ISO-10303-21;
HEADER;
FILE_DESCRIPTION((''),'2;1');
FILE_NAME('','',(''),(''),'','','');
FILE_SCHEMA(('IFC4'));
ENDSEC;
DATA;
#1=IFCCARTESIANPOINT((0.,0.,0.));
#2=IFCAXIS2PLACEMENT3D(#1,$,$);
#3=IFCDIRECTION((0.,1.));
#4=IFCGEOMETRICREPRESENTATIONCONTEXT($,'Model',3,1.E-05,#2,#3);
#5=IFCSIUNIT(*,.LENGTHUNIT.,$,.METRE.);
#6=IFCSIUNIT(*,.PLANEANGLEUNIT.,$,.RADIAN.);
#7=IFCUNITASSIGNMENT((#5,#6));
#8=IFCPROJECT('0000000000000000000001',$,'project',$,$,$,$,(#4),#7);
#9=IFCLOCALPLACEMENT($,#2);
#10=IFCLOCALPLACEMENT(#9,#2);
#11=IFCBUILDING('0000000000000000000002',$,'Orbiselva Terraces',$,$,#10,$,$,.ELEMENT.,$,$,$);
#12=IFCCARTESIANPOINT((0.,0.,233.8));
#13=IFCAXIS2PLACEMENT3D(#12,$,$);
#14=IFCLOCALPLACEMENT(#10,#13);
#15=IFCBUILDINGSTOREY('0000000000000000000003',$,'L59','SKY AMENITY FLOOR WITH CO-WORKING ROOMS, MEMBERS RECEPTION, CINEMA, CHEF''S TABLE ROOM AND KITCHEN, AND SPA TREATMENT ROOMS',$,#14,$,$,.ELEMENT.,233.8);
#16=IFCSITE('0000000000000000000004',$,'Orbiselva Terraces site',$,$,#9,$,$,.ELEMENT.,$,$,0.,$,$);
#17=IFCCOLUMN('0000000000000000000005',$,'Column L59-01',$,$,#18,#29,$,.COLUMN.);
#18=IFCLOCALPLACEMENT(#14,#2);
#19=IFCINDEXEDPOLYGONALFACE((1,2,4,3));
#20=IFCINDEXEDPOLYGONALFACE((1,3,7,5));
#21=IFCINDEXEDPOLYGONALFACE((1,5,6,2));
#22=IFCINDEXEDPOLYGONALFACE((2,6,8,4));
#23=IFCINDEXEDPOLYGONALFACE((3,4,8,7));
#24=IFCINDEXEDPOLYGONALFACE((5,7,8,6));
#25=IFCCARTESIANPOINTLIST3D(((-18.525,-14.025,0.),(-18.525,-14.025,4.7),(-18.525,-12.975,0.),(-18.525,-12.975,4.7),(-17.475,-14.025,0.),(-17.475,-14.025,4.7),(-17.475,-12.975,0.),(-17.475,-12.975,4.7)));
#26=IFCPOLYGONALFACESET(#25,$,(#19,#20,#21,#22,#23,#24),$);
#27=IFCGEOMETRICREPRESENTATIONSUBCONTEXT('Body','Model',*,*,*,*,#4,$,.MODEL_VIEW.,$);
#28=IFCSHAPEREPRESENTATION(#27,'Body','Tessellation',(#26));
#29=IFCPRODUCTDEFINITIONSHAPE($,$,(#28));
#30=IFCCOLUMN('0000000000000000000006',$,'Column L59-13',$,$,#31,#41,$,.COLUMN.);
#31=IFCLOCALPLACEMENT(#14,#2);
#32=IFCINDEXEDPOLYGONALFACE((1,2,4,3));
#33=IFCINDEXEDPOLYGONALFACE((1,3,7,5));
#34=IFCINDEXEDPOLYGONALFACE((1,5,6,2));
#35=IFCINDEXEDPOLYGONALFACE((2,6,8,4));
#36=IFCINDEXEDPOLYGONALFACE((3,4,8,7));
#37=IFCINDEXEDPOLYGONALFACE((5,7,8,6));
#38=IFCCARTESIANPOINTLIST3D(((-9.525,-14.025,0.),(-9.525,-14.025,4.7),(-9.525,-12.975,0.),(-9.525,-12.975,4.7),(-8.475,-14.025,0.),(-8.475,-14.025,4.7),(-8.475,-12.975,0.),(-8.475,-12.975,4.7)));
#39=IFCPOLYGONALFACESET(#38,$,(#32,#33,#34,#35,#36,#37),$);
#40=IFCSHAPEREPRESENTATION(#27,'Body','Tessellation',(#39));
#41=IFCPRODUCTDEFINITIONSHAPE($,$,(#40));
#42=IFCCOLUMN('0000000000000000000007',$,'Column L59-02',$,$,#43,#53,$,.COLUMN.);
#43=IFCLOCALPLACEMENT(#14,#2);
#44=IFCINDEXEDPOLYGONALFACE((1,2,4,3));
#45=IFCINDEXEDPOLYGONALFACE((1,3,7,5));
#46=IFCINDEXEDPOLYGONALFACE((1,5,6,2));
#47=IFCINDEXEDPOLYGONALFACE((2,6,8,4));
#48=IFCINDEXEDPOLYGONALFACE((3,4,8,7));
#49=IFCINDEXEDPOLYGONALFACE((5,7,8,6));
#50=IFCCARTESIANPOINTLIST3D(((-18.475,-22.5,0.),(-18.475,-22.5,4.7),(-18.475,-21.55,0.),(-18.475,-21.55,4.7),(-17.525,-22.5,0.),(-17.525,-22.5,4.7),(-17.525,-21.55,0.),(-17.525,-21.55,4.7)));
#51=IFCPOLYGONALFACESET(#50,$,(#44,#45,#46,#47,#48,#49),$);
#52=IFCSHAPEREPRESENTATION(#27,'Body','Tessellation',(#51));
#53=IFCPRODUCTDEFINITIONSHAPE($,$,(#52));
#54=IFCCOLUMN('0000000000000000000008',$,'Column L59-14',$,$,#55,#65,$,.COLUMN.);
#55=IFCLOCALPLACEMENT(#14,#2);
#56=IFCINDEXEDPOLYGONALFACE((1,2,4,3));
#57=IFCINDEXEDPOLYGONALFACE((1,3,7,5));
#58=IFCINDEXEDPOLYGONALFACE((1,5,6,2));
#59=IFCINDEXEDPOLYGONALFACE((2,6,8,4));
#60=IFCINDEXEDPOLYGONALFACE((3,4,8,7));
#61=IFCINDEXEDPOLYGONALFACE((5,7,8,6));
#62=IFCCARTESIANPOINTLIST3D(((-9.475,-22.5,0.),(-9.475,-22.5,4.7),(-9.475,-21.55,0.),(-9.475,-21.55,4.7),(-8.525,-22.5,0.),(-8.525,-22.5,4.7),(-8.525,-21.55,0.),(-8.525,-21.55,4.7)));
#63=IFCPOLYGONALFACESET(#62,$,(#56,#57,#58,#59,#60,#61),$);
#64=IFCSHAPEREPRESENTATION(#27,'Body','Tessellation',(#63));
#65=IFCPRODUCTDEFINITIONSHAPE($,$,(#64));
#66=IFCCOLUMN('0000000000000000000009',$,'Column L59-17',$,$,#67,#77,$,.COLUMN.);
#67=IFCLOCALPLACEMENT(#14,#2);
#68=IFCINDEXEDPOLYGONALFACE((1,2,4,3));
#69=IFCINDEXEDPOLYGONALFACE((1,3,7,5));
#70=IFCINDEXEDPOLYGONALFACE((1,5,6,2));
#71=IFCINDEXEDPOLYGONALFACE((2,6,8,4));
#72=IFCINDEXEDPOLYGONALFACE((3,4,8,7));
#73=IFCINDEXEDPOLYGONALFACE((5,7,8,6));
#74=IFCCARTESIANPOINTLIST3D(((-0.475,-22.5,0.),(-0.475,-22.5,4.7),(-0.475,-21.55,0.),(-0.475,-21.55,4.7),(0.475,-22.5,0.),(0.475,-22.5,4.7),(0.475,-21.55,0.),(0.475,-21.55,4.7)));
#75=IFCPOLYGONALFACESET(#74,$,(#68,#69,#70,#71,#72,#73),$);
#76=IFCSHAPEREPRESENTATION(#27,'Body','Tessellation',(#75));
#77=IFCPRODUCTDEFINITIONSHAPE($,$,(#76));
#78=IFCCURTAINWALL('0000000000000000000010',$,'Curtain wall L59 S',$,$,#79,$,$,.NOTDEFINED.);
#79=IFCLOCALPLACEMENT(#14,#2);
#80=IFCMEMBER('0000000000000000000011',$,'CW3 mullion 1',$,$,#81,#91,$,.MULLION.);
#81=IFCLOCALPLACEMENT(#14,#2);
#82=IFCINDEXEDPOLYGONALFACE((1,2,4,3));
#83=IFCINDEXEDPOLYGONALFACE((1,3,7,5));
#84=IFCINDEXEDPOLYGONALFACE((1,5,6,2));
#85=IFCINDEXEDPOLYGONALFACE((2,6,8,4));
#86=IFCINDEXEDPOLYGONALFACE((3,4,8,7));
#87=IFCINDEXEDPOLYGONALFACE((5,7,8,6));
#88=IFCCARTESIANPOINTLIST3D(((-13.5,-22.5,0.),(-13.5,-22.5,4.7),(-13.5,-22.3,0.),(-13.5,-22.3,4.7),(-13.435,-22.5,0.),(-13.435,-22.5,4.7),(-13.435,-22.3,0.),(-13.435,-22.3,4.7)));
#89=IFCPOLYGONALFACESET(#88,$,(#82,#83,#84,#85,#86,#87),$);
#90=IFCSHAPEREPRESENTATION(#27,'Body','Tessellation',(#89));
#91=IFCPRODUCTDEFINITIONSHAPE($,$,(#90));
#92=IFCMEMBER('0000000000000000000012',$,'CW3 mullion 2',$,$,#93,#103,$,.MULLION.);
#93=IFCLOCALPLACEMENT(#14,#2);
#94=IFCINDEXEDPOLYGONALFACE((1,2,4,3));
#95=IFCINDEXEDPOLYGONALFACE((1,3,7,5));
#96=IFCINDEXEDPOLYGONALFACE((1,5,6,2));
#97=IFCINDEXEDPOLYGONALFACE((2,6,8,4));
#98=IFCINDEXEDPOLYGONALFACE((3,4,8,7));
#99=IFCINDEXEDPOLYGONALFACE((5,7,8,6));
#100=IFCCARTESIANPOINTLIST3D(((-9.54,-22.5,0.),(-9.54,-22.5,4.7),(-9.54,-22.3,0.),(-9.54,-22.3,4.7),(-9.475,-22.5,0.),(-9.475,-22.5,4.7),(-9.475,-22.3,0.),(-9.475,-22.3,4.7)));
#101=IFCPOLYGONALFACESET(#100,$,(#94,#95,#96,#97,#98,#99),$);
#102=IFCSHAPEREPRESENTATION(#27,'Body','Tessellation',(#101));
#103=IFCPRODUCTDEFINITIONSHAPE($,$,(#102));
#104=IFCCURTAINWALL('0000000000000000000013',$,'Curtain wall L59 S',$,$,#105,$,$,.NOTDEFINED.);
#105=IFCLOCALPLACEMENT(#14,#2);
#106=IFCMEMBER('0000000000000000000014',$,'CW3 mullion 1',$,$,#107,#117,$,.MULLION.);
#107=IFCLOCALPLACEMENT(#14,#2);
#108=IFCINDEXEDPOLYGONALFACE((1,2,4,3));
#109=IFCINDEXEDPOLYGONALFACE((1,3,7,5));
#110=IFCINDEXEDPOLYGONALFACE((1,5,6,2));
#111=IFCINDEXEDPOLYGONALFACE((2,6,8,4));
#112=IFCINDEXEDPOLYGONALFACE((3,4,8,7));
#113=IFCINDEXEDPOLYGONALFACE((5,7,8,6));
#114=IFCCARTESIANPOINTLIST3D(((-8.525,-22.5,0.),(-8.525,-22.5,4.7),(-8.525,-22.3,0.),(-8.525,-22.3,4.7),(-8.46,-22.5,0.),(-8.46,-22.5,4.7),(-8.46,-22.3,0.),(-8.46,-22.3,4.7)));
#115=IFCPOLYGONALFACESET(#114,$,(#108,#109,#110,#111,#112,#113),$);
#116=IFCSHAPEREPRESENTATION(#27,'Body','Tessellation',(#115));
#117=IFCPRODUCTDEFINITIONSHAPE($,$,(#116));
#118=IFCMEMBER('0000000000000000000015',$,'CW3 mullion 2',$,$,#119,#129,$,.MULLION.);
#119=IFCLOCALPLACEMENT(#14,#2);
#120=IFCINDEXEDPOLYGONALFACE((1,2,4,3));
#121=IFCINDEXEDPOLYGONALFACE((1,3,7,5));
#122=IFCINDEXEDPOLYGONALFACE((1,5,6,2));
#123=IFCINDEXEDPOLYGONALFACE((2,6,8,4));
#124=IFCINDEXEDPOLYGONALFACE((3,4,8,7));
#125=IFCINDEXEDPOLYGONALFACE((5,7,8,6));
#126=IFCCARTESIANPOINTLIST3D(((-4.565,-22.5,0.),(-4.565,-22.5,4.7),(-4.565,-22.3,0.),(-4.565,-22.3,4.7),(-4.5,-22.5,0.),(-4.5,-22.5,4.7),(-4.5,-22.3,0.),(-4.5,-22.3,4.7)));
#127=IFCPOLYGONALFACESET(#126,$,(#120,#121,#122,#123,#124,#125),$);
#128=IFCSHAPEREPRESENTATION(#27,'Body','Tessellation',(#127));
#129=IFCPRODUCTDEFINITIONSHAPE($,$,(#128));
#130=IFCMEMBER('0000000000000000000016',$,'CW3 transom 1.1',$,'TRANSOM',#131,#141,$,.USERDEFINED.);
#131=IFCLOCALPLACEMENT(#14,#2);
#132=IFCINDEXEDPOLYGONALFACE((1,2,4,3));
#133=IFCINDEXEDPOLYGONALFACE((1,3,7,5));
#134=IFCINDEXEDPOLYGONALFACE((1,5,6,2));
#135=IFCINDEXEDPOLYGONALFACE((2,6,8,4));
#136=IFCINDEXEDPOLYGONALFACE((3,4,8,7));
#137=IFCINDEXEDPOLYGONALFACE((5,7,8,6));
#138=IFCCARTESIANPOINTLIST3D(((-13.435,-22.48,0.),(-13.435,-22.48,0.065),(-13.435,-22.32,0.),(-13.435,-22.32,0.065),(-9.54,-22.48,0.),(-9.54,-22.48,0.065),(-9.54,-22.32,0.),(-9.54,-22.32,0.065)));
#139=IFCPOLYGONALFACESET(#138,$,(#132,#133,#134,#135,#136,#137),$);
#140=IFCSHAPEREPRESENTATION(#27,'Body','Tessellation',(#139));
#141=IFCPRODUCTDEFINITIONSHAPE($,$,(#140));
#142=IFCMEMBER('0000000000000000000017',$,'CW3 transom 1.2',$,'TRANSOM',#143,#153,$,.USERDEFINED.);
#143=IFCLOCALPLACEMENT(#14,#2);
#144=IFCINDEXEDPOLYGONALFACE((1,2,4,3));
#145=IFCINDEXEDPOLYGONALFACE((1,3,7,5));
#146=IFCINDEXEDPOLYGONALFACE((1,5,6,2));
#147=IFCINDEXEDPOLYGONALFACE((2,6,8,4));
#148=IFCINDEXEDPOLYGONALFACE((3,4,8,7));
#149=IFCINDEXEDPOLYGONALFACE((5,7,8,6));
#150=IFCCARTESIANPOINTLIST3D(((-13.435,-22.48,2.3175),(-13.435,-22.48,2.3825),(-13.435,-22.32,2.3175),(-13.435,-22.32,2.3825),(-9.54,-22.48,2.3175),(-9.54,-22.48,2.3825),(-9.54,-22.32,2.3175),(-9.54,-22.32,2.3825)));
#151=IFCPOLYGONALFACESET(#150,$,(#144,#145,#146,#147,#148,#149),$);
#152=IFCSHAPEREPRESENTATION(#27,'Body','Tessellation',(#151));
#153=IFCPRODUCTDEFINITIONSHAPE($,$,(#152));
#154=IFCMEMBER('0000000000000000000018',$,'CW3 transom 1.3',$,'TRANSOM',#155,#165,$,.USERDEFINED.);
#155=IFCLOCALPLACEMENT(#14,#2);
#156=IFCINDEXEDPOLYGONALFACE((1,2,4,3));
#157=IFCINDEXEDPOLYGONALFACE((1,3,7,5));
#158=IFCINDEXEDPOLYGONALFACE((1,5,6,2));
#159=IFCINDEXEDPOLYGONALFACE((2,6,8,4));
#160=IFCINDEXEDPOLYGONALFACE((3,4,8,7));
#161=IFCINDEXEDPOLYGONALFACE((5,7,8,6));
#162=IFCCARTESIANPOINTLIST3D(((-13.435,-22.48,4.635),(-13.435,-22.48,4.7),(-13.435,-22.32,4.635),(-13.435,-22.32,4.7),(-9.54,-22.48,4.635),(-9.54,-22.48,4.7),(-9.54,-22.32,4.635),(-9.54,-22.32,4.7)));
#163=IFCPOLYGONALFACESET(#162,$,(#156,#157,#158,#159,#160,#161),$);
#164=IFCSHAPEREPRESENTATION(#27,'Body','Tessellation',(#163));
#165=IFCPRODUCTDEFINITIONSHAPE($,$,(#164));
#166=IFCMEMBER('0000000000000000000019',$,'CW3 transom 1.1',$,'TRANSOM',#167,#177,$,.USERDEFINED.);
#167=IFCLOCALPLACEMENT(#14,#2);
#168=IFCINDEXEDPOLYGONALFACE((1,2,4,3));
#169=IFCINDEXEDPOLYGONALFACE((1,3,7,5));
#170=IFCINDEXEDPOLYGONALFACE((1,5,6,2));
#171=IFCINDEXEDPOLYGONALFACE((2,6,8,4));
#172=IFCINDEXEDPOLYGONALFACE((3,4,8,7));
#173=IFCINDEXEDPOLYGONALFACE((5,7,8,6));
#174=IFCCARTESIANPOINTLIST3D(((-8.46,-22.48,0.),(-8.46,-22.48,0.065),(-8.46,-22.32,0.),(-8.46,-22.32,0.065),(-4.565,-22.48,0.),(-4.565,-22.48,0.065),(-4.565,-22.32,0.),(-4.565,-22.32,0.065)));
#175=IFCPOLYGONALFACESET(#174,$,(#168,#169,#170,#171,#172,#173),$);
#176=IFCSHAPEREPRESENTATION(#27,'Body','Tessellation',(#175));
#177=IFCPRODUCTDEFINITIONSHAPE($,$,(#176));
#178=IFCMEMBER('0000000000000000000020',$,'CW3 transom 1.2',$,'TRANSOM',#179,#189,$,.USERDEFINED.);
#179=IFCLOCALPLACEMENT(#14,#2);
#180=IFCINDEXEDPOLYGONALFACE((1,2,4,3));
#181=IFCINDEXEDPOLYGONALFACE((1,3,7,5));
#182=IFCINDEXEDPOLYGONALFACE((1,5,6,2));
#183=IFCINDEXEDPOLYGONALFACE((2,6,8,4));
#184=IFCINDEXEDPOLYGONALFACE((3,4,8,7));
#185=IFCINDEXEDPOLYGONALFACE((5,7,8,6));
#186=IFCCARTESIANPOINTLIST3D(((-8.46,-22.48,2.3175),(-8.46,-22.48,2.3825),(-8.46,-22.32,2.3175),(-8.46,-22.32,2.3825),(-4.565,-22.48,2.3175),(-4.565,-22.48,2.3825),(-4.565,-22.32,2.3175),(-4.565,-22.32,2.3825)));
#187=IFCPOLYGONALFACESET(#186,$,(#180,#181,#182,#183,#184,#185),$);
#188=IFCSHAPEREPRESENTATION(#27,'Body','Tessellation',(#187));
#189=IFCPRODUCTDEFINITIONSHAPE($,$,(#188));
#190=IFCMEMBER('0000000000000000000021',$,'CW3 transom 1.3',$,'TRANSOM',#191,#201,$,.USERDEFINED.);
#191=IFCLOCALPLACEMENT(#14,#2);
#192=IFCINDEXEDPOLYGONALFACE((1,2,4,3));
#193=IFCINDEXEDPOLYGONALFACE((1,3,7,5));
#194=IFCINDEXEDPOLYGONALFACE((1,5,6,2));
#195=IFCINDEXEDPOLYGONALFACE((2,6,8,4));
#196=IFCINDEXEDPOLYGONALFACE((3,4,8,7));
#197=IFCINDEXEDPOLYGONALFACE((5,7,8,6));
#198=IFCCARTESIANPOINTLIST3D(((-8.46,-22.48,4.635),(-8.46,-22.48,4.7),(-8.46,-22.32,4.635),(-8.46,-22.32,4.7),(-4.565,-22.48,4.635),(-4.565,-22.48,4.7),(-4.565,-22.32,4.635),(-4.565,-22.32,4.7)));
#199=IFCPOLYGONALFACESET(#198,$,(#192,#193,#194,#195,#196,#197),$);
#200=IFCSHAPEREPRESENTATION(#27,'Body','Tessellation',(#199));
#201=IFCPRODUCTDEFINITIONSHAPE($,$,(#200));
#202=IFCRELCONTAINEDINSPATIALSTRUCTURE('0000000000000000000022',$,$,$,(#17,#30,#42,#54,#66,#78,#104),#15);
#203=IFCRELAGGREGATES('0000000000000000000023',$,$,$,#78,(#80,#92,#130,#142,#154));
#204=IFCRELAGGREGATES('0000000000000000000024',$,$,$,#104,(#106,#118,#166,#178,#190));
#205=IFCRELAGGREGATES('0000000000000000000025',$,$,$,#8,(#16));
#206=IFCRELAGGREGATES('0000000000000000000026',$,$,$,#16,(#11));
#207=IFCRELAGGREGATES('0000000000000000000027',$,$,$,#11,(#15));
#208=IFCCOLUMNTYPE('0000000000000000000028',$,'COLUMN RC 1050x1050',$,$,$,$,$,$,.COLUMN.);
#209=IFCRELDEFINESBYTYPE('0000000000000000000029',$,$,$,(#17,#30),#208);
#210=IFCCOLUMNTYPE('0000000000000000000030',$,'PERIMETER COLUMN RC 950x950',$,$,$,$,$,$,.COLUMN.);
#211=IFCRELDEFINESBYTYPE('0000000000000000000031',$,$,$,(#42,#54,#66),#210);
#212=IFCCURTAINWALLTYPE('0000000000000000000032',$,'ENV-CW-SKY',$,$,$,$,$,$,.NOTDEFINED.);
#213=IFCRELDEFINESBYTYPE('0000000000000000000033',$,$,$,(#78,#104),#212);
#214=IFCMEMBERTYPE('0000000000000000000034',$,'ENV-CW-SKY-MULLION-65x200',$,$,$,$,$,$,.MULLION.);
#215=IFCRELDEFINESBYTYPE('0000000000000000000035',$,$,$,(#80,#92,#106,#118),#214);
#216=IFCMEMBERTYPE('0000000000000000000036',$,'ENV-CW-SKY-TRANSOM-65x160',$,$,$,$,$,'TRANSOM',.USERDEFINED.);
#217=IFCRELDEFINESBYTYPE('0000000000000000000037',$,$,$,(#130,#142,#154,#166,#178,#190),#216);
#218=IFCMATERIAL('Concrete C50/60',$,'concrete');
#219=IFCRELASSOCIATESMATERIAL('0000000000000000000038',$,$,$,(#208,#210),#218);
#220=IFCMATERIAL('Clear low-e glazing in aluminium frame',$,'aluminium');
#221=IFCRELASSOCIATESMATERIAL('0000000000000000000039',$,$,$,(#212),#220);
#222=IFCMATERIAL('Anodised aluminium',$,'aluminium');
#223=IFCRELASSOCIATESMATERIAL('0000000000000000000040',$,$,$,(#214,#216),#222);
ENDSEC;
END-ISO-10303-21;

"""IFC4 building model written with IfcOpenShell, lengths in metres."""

from ifc_helpers import new_model, si_unit, direction, frame, origin, origin_2d, place, context, subcontext, project, spatial, rectangle, extrude, material, material_profile, profile_set, type_object, element, aggregate, save


model = new_model("IFC4")

# Units and contexts
model_context = context("Model", 3, precision=1e-05, world=origin(), true_north=direction((0.0, 1.0)))
body_context = subcontext(model_context, "Body", "Model", "MODEL_VIEW")
ifc_project = project(units=[si_unit("LENGTHUNIT", "METRE"), si_unit("PLANEANGLEUNIT", "RADIAN")], contexts=[model_context])

# Site, building, storey
site_placement = place(None, origin())
site = spatial("IfcSite", under=ifc_project, at=site_placement, Name="Orbiselva Terraces site", CompositionType="ELEMENT", RefElevation=0.0)
building_placement = place(site_placement, origin())
building = spatial("IfcBuilding", under=site, at=building_placement, Name="Orbiselva Terraces", CompositionType="ELEMENT")
storey_placement = place(building_placement, frame((0.0, 0.0, 233.8)))
storey = spatial("IfcBuildingStorey", under=building, at=storey_placement, Name="L59", Description="SKY AMENITY FLOOR WITH CO-WORKING ROOMS, MEMBERS RECEPTION, CINEMA, CHEF'S TABLE ROOM AND KITCHEN, AND SPA TREATMENT ROOMS", CompositionType="ELEMENT", Elevation=233.8)

# Columns
ifc_material_1 = material(Name="Concrete C50/60", Category="concrete")
ifc_material_profile_1 = material_profile(ifc_material_1, rectangle(XDim=1.05, YDim=1.05, at=origin_2d()), Name="RC 1050x1050")
ifc_profile_set_1 = profile_set([ifc_material_profile_1], Name="Concrete C50/60")
column_type_1 = type_object("IfcColumnType", Name="COLUMN RC 1050x1050", PredefinedType="COLUMN", material=ifc_profile_set_1)
for number, where, z_axis, x_axis, name in (
    (1, (-18.0, -13.5, 0.0), (0.0, 0.0, 1.0), (1.0, 0.0, 0.0), "Column L59-01"),
    (2, (-9.0, -13.5, 0.0), (0.0, 0.0, 1.0), (1.0, 0.0, 0.0), "Column L59-13"),
):
    element("IfcColumn", number, at=place(storey_placement, frame(where, z_axis=z_axis, x_axis=x_axis)), inside=storey, type_object=column_type_1, Name=name, PredefinedType="COLUMN", context=body_context, shape_type="SweptSolid", body=[
        extrude(rectangle(XDim=1.05, YDim=1.05, at=origin_2d()), origin(), (0.0, 0.0, 1.0), 4.7),
    ])
ifc_material_profile_2 = material_profile(ifc_material_1, rectangle(XDim=0.95, YDim=0.95, at=origin_2d()), Name="RC 950x950")
ifc_profile_set_2 = profile_set([ifc_material_profile_2], Name="Concrete C50/60")
column_type_2 = type_object("IfcColumnType", Name="PERIMETER COLUMN RC 950x950", PredefinedType="COLUMN", material=ifc_profile_set_2)
for number, where, z_axis, x_axis, name in (
    (3, (-18.0, -22.025, 0.0), (0.0, 0.0, 1.0), (1.0, 0.0, 0.0), "Column L59-02"),
    (4, (-9.0, -22.025, 0.0), (0.0, 0.0, 1.0), (1.0, 0.0, 0.0), "Column L59-14"),
    (5, (0.0, -22.025, 0.0), (0.0, 0.0, 1.0), (1.0, 0.0, 0.0), "Column L59-17"),
):
    element("IfcColumn", number, at=place(storey_placement, frame(where, z_axis=z_axis, x_axis=x_axis)), inside=storey, type_object=column_type_2, Name=name, PredefinedType="COLUMN", context=body_context, shape_type="SweptSolid", body=[
        extrude(rectangle(XDim=0.95, YDim=0.95, at=origin_2d()), origin(), (0.0, 0.0, 1.0), 4.7),
    ])

# Curtain walls, members
ifc_material_2 = material(Name="Clear low-e glazing in aluminium frame", Category="aluminium")
curtain_wall_type = type_object("IfcCurtainWallType", Name="ENV-CW-SKY", PredefinedType="NOTDEFINED", material=ifc_material_2)
curtain_wall_1_placement = place(storey_placement, origin())
curtain_wall_1 = element("IfcCurtainWall", 6, at=curtain_wall_1_placement, inside=storey, type_object=curtain_wall_type, Name="Curtain wall L59 S", PredefinedType="NOTDEFINED")
ifc_material_3 = material(Name="Anodised aluminium", Category="aluminium")
ifc_material_profile_3 = material_profile(ifc_material_3, rectangle(XDim=0.2, YDim=0.065, at=origin_2d()), Name="AL 65x200")
ifc_profile_set_3 = profile_set([ifc_material_profile_3], Name="Anodised aluminium")
member_type_1 = type_object("IfcMemberType", Name="ENV-CW-SKY-MULLION-65x200", PredefinedType="MULLION", material=ifc_profile_set_3)
member_1_placement = place(storey_placement, frame((-13.4675, -22.4, 0.0), z_axis=(0.0, 0.0, 1.0), x_axis=(0.0, 1.0, 0.0)))
member_1 = element("IfcMember", 7, at=member_1_placement, type_object=member_type_1, Name="CW3 mullion 1", PredefinedType="MULLION", context=body_context, shape_type="SweptSolid", body=[
    extrude(rectangle(XDim=0.2, YDim=0.065, at=origin_2d()), origin(), (0.0, 0.0, 1.0), 4.7),
])
member_2_placement = place(storey_placement, frame((-9.5075, -22.4, 0.0), z_axis=(0.0, 0.0, 1.0), x_axis=(0.0, 1.0, 0.0)))
member_2 = element("IfcMember", 8, at=member_2_placement, type_object=member_type_1, Name="CW3 mullion 2", PredefinedType="MULLION", context=body_context, shape_type="SweptSolid", body=[
    extrude(rectangle(XDim=0.2, YDim=0.065, at=origin_2d()), origin(), (0.0, 0.0, 1.0), 4.7),
])
curtain_wall_2_placement = place(storey_placement, origin())
curtain_wall_2 = element("IfcCurtainWall", 9, at=curtain_wall_2_placement, inside=storey, type_object=curtain_wall_type, Name="Curtain wall L59 S", PredefinedType="NOTDEFINED")
member_3_placement = place(storey_placement, frame((-8.4925, -22.4, 0.0), z_axis=(0.0, 0.0, 1.0), x_axis=(0.0, 1.0, 0.0)))
member_3 = element("IfcMember", 10, at=member_3_placement, type_object=member_type_1, Name="CW3 mullion 1", PredefinedType="MULLION", context=body_context, shape_type="SweptSolid", body=[
    extrude(rectangle(XDim=0.2, YDim=0.065, at=origin_2d()), origin(), (0.0, 0.0, 1.0), 4.7),
])
member_4_placement = place(storey_placement, frame((-4.5325, -22.4, 0.0), z_axis=(0.0, 0.0, 1.0), x_axis=(0.0, 1.0, 0.0)))
member_4 = element("IfcMember", 11, at=member_4_placement, type_object=member_type_1, Name="CW3 mullion 2", PredefinedType="MULLION", context=body_context, shape_type="SweptSolid", body=[
    extrude(rectangle(XDim=0.2, YDim=0.065, at=origin_2d()), origin(), (0.0, 0.0, 1.0), 4.7),
])

# Members
ifc_material_profile_4 = material_profile(ifc_material_3, rectangle(XDim=0.16, YDim=0.065, at=origin_2d()), Name="AL 65x160")
ifc_profile_set_4 = profile_set([ifc_material_profile_4], Name="Anodised aluminium")
member_type_2 = type_object("IfcMemberType", Name="ENV-CW-SKY-TRANSOM-65x160", ElementType="TRANSOM", PredefinedType="USERDEFINED", material=ifc_profile_set_4)
member_5_placement = place(storey_placement, frame((-13.435, -22.4, 0.0325), z_axis=(1.0, 0.0, 0.0), x_axis=(0.0, 1.0, 0.0)))
member_5 = element("IfcMember", 12, at=member_5_placement, type_object=member_type_2, Name="CW3 transom 1.1", ObjectType="TRANSOM", PredefinedType="USERDEFINED", context=body_context, shape_type="SweptSolid", body=[
    extrude(rectangle(XDim=0.16, YDim=0.065, at=origin_2d()), origin(), (0.0, 0.0, 1.0), 3.895),
])
member_6_placement = place(storey_placement, frame((-13.435, -22.4, 2.35), z_axis=(1.0, 0.0, 0.0), x_axis=(0.0, 1.0, 0.0)))
member_6 = element("IfcMember", 13, at=member_6_placement, type_object=member_type_2, Name="CW3 transom 1.2", ObjectType="TRANSOM", PredefinedType="USERDEFINED", context=body_context, shape_type="SweptSolid", body=[
    extrude(rectangle(XDim=0.16, YDim=0.065, at=origin_2d()), origin(), (0.0, 0.0, 1.0), 3.895),
])
member_7_placement = place(storey_placement, frame((-13.435, -22.4, 4.6675), z_axis=(1.0, 0.0, 0.0), x_axis=(0.0, 1.0, 0.0)))
member_7 = element("IfcMember", 14, at=member_7_placement, type_object=member_type_2, Name="CW3 transom 1.3", ObjectType="TRANSOM", PredefinedType="USERDEFINED", context=body_context, shape_type="SweptSolid", body=[
    extrude(rectangle(XDim=0.16, YDim=0.065, at=origin_2d()), origin(), (0.0, 0.0, 1.0), 3.895),
])
member_8_placement = place(storey_placement, frame((-8.46, -22.4, 0.0325), z_axis=(1.0, 0.0, 0.0), x_axis=(0.0, 1.0, 0.0)))
member_8 = element("IfcMember", 15, at=member_8_placement, type_object=member_type_2, Name="CW3 transom 1.1", ObjectType="TRANSOM", PredefinedType="USERDEFINED", context=body_context, shape_type="SweptSolid", body=[
    extrude(rectangle(XDim=0.16, YDim=0.065, at=origin_2d()), origin(), (0.0, 0.0, 1.0), 3.895),
])
member_9_placement = place(storey_placement, frame((-8.46, -22.4, 2.35), z_axis=(1.0, 0.0, 0.0), x_axis=(0.0, 1.0, 0.0)))
member_9 = element("IfcMember", 16, at=member_9_placement, type_object=member_type_2, Name="CW3 transom 1.2", ObjectType="TRANSOM", PredefinedType="USERDEFINED", context=body_context, shape_type="SweptSolid", body=[
    extrude(rectangle(XDim=0.16, YDim=0.065, at=origin_2d()), origin(), (0.0, 0.0, 1.0), 3.895),
])
member_10_placement = place(storey_placement, frame((-8.46, -22.4, 4.6675), z_axis=(1.0, 0.0, 0.0), x_axis=(0.0, 1.0, 0.0)))
member_10 = element("IfcMember", 17, at=member_10_placement, type_object=member_type_2, Name="CW3 transom 1.3", ObjectType="TRANSOM", PredefinedType="USERDEFINED", context=body_context, shape_type="SweptSolid", body=[
    extrude(rectangle(XDim=0.16, YDim=0.065, at=origin_2d()), origin(), (0.0, 0.0, 1.0), 3.895),
])

aggregate(curtain_wall_1, [member_1, member_2, member_5, member_6, member_7])
aggregate(curtain_wall_2, [member_3, member_4, member_8, member_9, member_10])

save(model, "model.ifc")
